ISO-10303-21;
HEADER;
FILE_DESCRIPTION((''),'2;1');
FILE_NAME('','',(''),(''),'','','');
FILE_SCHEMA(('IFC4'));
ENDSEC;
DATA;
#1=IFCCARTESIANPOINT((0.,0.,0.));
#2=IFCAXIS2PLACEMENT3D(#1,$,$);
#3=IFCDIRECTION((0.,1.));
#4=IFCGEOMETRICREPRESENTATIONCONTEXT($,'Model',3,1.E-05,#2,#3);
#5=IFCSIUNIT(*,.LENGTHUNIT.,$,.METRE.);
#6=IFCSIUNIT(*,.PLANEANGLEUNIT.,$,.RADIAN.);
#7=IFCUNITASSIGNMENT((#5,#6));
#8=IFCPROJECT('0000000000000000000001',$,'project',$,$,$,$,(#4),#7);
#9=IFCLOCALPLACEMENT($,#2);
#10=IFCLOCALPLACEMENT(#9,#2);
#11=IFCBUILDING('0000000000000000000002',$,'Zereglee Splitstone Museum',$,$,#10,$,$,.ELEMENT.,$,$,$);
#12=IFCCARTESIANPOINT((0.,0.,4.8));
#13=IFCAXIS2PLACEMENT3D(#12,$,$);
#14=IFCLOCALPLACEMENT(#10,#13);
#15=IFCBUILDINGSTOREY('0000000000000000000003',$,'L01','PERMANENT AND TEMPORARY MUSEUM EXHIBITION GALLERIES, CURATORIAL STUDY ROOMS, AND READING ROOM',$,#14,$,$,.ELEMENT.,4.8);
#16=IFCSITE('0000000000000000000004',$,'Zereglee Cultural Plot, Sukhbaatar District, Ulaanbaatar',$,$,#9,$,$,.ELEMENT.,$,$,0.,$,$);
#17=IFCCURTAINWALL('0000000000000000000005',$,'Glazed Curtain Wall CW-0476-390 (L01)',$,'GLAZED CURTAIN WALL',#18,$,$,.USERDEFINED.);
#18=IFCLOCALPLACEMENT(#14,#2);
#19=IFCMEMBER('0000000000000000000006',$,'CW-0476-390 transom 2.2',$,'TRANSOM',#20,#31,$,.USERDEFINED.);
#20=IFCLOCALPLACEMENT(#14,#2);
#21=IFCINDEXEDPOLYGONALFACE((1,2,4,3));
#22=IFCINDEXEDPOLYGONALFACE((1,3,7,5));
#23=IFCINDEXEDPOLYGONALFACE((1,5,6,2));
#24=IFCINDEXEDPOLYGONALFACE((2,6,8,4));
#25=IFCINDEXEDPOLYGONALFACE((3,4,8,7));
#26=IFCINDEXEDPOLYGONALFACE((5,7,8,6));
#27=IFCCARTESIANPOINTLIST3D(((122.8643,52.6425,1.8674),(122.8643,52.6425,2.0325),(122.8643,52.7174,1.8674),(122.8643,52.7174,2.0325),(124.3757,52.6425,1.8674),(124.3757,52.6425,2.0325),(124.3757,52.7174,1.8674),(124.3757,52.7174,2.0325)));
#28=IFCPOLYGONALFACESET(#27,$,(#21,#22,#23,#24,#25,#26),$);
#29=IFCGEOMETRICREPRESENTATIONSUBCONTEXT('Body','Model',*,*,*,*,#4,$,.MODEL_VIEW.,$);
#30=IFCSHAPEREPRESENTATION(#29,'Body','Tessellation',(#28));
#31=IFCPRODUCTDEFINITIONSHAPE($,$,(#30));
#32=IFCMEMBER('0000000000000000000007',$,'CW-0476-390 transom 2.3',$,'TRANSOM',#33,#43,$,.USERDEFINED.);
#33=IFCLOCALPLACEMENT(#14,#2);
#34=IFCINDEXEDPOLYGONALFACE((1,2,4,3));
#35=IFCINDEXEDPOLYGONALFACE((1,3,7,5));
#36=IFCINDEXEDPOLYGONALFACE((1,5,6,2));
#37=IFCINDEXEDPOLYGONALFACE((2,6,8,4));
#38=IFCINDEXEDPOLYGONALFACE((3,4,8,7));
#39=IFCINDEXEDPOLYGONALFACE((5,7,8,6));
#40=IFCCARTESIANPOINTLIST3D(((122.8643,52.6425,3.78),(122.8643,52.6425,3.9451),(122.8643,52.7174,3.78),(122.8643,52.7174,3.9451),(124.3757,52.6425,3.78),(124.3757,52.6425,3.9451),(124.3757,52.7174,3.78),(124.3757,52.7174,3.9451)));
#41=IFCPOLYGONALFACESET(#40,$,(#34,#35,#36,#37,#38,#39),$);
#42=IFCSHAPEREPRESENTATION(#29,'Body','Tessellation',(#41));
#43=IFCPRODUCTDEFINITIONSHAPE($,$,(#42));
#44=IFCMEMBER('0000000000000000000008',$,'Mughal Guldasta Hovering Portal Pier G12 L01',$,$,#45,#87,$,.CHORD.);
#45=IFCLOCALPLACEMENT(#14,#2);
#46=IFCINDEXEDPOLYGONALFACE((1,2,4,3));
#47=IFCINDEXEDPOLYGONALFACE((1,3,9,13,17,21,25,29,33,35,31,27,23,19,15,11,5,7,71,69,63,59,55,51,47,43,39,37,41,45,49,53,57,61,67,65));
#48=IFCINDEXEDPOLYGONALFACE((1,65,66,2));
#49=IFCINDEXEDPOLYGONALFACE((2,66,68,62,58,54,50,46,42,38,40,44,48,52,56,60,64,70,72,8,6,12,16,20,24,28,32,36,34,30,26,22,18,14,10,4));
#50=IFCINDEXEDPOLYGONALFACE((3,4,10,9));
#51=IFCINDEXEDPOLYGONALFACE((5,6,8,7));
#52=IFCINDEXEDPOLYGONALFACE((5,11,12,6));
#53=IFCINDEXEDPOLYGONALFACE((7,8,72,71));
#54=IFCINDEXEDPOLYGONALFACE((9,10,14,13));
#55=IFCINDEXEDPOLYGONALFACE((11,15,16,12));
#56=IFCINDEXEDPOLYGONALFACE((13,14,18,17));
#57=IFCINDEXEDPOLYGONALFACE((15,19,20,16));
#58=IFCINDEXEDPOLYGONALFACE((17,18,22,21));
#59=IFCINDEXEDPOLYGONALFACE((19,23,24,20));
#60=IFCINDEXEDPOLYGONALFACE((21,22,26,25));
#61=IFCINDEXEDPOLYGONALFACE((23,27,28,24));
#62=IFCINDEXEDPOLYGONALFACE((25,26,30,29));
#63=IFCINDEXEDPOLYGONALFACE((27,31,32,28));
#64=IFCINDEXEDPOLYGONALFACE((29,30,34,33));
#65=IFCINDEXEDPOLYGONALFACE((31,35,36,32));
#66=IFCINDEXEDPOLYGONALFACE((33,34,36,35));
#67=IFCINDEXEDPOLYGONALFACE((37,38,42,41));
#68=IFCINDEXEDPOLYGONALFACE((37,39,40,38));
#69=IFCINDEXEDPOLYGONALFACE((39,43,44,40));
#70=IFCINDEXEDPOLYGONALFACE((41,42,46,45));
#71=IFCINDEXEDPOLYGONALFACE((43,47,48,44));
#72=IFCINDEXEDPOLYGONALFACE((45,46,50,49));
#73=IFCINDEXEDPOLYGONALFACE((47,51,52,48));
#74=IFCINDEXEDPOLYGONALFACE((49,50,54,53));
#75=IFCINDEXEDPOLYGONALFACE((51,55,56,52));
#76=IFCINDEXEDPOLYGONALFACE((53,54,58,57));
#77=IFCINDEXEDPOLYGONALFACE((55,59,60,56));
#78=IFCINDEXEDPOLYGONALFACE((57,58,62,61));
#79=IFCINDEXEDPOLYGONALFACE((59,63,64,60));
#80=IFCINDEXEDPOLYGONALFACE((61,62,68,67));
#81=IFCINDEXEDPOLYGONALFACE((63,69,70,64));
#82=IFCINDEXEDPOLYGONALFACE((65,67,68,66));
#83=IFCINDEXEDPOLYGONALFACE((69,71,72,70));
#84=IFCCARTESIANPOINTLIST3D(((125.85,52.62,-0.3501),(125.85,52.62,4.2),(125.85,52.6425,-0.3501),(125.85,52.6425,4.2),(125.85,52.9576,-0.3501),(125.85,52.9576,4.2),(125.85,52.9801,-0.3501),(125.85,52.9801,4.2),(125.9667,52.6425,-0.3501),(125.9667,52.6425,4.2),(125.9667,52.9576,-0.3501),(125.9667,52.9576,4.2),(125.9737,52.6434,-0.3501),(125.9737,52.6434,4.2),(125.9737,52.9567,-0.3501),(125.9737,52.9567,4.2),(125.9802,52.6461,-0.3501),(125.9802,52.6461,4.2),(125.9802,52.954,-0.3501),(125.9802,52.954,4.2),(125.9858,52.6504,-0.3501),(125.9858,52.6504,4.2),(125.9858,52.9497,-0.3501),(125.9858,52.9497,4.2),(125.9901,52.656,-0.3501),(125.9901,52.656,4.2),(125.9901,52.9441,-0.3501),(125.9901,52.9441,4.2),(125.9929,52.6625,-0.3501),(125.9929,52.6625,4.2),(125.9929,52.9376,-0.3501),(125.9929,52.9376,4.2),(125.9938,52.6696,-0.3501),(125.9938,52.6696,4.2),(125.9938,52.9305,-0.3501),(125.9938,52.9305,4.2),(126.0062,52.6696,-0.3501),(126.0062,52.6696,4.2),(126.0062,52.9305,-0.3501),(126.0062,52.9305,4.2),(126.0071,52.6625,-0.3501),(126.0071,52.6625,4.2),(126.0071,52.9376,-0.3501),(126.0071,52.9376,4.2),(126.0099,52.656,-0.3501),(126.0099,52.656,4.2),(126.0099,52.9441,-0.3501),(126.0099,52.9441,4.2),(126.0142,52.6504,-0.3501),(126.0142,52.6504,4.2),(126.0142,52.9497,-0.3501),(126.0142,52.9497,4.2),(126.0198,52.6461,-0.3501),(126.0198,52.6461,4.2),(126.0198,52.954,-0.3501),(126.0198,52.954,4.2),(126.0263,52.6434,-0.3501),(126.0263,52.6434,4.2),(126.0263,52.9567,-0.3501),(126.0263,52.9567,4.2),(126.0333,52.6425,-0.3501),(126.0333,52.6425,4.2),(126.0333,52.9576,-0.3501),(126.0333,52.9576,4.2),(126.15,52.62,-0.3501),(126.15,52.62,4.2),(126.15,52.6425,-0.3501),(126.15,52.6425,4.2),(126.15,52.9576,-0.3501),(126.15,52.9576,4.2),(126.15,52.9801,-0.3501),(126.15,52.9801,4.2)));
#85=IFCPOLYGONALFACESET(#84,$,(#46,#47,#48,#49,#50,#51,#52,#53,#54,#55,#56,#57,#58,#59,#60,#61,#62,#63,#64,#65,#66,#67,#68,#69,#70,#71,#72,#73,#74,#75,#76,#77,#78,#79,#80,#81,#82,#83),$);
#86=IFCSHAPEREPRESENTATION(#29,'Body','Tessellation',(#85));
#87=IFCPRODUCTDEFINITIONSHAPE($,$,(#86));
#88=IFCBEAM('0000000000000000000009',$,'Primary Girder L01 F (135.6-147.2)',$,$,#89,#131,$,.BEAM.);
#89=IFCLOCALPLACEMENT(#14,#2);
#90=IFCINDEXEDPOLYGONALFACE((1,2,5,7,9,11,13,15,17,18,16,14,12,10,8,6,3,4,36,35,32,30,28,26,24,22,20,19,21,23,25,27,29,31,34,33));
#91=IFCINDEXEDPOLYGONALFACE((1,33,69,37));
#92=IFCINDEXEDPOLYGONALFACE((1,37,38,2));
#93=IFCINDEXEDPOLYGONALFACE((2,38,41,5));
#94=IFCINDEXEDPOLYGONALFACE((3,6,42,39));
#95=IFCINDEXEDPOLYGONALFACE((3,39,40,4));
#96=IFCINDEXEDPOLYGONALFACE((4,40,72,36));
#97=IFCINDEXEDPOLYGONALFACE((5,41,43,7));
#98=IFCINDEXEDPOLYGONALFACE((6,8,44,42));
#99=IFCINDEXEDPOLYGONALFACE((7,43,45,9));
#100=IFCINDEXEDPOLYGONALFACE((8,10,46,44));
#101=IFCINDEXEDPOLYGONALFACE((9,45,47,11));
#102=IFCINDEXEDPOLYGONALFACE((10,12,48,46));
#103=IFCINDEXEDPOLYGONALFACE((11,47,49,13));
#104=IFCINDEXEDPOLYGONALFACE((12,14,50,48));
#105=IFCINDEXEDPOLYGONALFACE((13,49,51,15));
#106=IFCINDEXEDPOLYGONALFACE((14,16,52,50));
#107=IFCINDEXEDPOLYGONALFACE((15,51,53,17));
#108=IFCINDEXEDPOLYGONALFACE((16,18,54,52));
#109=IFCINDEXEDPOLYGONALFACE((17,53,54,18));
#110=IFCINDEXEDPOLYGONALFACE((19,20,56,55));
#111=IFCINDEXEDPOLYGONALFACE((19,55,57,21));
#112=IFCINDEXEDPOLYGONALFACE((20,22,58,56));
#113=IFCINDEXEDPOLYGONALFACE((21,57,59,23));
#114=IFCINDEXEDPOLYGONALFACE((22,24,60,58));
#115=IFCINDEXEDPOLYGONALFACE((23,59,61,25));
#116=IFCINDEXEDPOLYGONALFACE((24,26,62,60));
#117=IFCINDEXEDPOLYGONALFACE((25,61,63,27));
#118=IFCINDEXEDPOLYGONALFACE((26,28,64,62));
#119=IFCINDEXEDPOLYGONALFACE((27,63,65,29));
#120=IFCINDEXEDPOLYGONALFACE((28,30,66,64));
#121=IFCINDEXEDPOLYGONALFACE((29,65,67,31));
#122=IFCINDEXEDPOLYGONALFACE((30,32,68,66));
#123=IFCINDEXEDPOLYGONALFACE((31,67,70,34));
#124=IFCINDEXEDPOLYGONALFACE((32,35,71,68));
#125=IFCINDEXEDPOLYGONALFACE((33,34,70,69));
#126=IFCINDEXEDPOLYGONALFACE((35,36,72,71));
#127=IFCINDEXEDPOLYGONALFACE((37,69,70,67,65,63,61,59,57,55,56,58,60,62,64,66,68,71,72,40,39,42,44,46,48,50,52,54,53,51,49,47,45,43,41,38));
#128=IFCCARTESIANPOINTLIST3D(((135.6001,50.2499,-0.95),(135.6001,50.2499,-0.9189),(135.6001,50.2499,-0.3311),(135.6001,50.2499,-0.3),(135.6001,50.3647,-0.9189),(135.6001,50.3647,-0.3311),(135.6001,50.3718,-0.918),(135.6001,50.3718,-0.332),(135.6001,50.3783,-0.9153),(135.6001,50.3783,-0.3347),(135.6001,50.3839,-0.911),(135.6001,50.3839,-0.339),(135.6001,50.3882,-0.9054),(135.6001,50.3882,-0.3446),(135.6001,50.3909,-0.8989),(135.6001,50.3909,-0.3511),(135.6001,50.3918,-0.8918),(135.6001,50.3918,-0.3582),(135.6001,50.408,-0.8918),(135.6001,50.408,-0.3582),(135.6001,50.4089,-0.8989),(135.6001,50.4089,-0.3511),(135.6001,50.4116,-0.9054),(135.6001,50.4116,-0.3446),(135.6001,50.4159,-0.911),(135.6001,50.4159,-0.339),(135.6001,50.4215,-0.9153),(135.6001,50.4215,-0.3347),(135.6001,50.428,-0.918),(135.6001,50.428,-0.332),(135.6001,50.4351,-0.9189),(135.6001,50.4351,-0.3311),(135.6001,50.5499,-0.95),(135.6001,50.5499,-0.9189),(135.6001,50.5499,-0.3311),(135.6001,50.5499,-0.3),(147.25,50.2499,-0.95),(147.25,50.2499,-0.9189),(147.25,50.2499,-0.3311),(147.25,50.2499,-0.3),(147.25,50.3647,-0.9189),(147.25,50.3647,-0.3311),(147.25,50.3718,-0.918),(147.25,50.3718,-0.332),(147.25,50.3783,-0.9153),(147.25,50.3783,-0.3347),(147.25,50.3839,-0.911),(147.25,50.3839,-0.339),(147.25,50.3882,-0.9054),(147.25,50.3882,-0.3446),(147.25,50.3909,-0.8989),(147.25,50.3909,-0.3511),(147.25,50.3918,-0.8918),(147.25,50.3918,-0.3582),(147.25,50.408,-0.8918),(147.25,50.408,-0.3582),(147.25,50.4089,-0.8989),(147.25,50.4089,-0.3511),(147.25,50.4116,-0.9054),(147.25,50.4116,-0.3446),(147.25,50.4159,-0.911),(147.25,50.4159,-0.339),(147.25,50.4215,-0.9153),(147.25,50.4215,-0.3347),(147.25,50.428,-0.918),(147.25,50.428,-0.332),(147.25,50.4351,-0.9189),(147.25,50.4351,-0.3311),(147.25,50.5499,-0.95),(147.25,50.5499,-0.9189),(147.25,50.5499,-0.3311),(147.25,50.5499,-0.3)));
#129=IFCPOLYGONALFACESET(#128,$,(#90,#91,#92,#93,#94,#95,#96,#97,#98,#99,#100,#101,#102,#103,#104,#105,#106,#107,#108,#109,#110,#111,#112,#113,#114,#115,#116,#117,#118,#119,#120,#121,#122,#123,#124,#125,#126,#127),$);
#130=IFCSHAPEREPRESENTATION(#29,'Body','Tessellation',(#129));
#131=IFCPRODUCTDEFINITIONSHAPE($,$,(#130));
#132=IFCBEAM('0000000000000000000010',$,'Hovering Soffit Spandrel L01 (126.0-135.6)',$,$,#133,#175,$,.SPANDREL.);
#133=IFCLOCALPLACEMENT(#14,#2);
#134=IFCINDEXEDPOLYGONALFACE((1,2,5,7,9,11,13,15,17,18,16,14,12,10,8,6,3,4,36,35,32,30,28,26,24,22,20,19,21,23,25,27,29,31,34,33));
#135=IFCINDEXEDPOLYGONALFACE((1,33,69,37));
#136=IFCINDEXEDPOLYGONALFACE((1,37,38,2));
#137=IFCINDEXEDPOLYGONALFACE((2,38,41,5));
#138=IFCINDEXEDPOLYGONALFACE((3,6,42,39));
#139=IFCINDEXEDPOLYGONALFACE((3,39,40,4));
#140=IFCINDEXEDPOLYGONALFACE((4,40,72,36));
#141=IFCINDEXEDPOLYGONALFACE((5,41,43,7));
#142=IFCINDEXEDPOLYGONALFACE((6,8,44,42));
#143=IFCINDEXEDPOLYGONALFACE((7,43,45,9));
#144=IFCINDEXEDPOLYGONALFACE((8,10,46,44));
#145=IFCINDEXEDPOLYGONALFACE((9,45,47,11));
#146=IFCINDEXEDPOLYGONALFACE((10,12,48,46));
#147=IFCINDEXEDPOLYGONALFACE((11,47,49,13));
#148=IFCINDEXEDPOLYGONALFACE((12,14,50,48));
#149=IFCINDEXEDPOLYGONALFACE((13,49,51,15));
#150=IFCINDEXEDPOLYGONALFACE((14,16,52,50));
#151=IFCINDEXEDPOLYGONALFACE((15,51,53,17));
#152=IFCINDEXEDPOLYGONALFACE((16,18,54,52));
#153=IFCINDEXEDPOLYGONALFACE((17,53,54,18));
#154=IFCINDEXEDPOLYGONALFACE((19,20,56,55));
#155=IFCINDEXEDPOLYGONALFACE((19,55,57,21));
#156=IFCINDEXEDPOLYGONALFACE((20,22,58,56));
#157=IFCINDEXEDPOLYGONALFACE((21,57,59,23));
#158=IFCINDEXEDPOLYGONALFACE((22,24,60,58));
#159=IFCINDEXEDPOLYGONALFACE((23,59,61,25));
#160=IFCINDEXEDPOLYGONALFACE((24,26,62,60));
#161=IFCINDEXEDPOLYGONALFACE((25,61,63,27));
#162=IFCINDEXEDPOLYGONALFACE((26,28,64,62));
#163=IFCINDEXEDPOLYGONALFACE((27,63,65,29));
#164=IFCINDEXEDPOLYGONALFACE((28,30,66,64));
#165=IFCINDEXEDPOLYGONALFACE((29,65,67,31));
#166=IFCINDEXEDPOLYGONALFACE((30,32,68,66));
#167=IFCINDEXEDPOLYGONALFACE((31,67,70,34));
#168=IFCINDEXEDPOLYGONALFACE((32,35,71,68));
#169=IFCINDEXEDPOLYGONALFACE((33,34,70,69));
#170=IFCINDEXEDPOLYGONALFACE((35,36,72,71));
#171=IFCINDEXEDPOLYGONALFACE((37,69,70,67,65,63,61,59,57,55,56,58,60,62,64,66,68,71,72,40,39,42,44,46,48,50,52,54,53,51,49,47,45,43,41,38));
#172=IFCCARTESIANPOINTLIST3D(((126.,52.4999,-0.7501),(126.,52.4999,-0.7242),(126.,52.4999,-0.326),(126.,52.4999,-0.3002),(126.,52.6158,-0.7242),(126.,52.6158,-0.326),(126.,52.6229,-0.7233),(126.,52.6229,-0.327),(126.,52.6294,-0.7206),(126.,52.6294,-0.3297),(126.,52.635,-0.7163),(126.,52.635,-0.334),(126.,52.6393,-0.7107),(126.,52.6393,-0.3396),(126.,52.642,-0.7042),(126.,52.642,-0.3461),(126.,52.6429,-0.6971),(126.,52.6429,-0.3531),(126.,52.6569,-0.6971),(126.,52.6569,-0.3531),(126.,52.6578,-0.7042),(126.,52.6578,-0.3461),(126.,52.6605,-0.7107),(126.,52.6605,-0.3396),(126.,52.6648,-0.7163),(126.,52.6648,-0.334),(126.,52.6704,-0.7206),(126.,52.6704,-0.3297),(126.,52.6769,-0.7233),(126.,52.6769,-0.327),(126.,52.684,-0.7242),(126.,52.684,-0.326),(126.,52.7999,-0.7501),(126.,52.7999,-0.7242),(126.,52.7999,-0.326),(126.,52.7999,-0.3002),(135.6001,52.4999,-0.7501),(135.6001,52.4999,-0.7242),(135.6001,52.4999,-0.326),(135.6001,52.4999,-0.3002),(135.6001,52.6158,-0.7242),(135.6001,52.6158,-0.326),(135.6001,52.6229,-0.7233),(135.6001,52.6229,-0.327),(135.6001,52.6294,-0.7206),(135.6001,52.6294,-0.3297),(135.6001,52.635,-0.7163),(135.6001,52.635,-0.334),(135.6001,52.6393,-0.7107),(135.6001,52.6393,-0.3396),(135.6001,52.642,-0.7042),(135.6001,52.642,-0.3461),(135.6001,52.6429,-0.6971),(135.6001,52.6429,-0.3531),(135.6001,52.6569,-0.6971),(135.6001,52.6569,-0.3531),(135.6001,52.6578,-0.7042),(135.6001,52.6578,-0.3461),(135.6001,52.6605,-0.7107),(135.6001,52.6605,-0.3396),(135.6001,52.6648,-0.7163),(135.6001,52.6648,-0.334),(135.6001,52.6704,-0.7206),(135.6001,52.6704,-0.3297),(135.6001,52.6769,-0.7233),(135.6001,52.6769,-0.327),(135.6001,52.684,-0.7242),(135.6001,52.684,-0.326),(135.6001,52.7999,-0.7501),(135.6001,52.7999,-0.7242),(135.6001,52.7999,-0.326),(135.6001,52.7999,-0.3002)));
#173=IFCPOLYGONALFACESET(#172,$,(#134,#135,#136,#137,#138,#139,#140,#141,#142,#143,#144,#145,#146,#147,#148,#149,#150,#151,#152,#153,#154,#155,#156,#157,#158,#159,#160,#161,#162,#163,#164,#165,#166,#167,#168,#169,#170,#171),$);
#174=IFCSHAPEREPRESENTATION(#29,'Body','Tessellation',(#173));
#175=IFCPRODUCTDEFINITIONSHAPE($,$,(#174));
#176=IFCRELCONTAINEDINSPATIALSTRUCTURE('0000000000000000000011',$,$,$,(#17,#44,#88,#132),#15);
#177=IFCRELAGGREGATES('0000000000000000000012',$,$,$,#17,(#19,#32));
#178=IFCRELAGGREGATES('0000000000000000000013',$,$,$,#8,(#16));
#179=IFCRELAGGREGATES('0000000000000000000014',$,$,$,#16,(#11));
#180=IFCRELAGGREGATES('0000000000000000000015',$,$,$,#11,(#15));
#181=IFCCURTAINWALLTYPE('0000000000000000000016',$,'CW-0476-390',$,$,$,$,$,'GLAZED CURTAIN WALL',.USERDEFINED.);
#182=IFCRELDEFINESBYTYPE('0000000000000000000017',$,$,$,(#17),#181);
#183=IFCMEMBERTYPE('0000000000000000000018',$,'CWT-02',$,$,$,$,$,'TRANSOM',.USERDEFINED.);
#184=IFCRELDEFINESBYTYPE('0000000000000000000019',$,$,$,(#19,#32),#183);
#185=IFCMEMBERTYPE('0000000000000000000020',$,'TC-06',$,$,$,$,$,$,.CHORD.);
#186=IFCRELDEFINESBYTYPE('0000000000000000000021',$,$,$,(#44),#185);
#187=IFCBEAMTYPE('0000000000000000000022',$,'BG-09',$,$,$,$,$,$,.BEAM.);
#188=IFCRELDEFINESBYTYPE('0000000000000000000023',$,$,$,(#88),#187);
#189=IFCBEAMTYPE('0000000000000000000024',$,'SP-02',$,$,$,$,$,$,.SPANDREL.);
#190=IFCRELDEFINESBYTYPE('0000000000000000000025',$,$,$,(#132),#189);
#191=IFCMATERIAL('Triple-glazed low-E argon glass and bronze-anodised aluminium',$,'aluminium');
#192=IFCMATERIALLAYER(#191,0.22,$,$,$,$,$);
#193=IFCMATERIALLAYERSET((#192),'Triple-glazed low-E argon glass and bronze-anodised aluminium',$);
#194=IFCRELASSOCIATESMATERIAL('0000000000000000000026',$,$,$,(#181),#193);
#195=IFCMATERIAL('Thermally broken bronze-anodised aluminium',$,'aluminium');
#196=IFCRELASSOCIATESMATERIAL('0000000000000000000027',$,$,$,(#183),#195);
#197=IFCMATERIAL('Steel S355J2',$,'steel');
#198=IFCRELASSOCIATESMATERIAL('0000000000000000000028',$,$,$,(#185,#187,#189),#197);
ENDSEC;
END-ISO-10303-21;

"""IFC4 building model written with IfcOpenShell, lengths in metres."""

from ifc_helpers import new_model, si_unit, direction, frame, origin, origin_2d, place, context, subcontext, project, spatial, rectangle, i_section, extrude, material, layer, layer_set, material_profile, profile_set, type_object, element, aggregate, save


model = new_model("IFC4")

# Units and contexts
model_context = context("Model", 3, precision=1e-05, world=origin(), true_north=direction((0.0, 1.0)))
body_context = subcontext(model_context, "Body", "Model", "MODEL_VIEW")
ifc_project = project(units=[si_unit("LENGTHUNIT", "METRE"), si_unit("PLANEANGLEUNIT", "RADIAN")], contexts=[model_context])

# Site, building, storey
site_placement = place(None, origin())
site = spatial("IfcSite", under=ifc_project, at=site_placement, Name="Zereglee Cultural Plot, Sukhbaatar District, Ulaanbaatar", CompositionType="ELEMENT", RefElevation=0.0)
building_placement = place(site_placement, origin())
building = spatial("IfcBuilding", under=site, at=building_placement, Name="Zereglee Splitstone Museum", CompositionType="ELEMENT")
storey_placement = place(building_placement, frame((0.0, 0.0, 4.8)))
storey = spatial("IfcBuildingStorey", under=building, at=storey_placement, Name="L01", Description="PERMANENT AND TEMPORARY MUSEUM EXHIBITION GALLERIES, CURATORIAL STUDY ROOMS, AND READING ROOM", CompositionType="ELEMENT", Elevation=4.8)

# Shared definitions
ifc_material_1 = material(Name="Steel S355J2", Category="steel")

# Curtain wall, members
ifc_material_2 = material(Name="Triple-glazed low-E argon glass and bronze-anodised aluminium", Category="aluminium")
ifc_layer_1 = layer(ifc_material_2, 0.22)
ifc_layer_set_1 = layer_set([ifc_layer_1], Name="Triple-glazed low-E argon glass and bronze-anodised aluminium")
curtain_wall_type = type_object("IfcCurtainWallType", Name="CW-0476-390", ElementType="GLAZED CURTAIN WALL", PredefinedType="USERDEFINED", material=ifc_layer_set_1)
curtain_wall_placement = place(storey_placement, origin())
curtain_wall = element("IfcCurtainWall", 1, at=curtain_wall_placement, inside=storey, type_object=curtain_wall_type, Name="Glazed Curtain Wall CW-0476-390 (L01)", ObjectType="GLAZED CURTAIN WALL", PredefinedType="USERDEFINED")
ifc_material_3 = material(Name="Thermally broken bronze-anodised aluminium", Category="aluminium")
ifc_material_profile_1 = material_profile(ifc_material_3, rectangle(XDim=0.075, YDim=0.165, at=origin_2d()), Name="CW TRAN 75x165")
ifc_profile_set_1 = profile_set([ifc_material_profile_1], Name="Thermally broken bronze-anodised aluminium")
member_type_1 = type_object("IfcMemberType", Name="CWT-02", ElementType="TRANSOM", PredefinedType="USERDEFINED", material=ifc_profile_set_1)
member_1_placement = place(storey_placement, frame((124.3757, 52.6799, 1.95), z_axis=(-1.0, 0.0, 0.0), x_axis=(0.0, -1.0, 0.0)))
member_1 = element("IfcMember", 2, at=member_1_placement, type_object=member_type_1, Name="CW-0476-390 transom 2.2", ObjectType="TRANSOM", PredefinedType="USERDEFINED", context=body_context, shape_type="SweptSolid", body=[
    extrude(rectangle(XDim=0.075, YDim=0.165, at=origin_2d()), origin(), (0.0, 0.0, 1.0), 1.5115),
])
member_2_placement = place(storey_placement, frame((124.3757, 52.6799, 3.8625), z_axis=(-1.0, 0.0, 0.0), x_axis=(0.0, -1.0, 0.0)))
member_2 = element("IfcMember", 3, at=member_2_placement, type_object=member_type_1, Name="CW-0476-390 transom 2.3", ObjectType="TRANSOM", PredefinedType="USERDEFINED", context=body_context, shape_type="SweptSolid", body=[
    extrude(rectangle(XDim=0.075, YDim=0.165, at=origin_2d()), origin(), (0.0, 0.0, 1.0), 1.5115),
])

# Member
ifc_material_profile_2 = material_profile(ifc_material_1, i_section(OverallWidth=0.3, OverallDepth=0.3601, WebThickness=0.0125, FlangeThickness=0.0225, FilletRadius=0.0271, at=origin_2d()), Name="HE 360 B")
ifc_profile_set_2 = profile_set([ifc_material_profile_2], Name="Steel S355J2")
member_type_2 = type_object("IfcMemberType", Name="TC-06", PredefinedType="CHORD", material=ifc_profile_set_2)
member_3_placement = place(storey_placement, frame((126.0, 52.8, -0.3501), z_axis=(0.0, 0.0, 1.0), x_axis=(1.0, 0.0, 0.0)))
element("IfcMember", 4, at=member_3_placement, inside=storey, type_object=member_type_2, Name="Mughal Guldasta Hovering Portal Pier G12 L01", PredefinedType="CHORD", context=body_context, shape_type="SweptSolid", body=[
    extrude(i_section(OverallWidth=0.3, OverallDepth=0.3601, WebThickness=0.0125, FlangeThickness=0.0225, FilletRadius=0.0271, at=origin_2d()), origin(), (0.0, 0.0, 1.0), 4.55),
])

# Beams
ifc_material_profile_3 = material_profile(ifc_material_1, i_section(OverallWidth=0.3, OverallDepth=0.6499, WebThickness=0.0161, FlangeThickness=0.031, FilletRadius=0.0271, at=origin_2d()), Name="HE 650 B")
ifc_profile_set_3 = profile_set([ifc_material_profile_3], Name="Steel S355J2")
beam_type_1 = type_object("IfcBeamType", Name="BG-09", PredefinedType="BEAM", material=ifc_profile_set_3)
beam_1_placement = place(storey_placement, frame((135.6001, 50.3999, -0.625), z_axis=(1.0, 0.0, 0.0), x_axis=(0.0, 1.0, 0.0)))
element("IfcBeam", 5, at=beam_1_placement, inside=storey, type_object=beam_type_1, Name="Primary Girder L01 F (135.6-147.2)", PredefinedType="BEAM", context=body_context, shape_type="SweptSolid", body=[
    extrude(i_section(OverallWidth=0.3, OverallDepth=0.6499, WebThickness=0.0161, FlangeThickness=0.031, FilletRadius=0.0271, at=origin_2d()), origin(), (0.0, 0.0, 1.0), 11.6499),
])
ifc_material_profile_4 = material_profile(ifc_material_1, i_section(OverallWidth=0.3, OverallDepth=0.45, WebThickness=0.0139, FlangeThickness=0.0259, FilletRadius=0.0271, at=origin_2d()), Name="HE 450 B")
ifc_profile_set_4 = profile_set([ifc_material_profile_4], Name="Steel S355J2")
beam_type_2 = type_object("IfcBeamType", Name="SP-02", PredefinedType="SPANDREL", material=ifc_profile_set_4)
beam_2_placement = place(storey_placement, frame((126.0, 52.6499, -0.5251), z_axis=(1.0, 0.0, 0.0), x_axis=(0.0, 1.0, 0.0)))
element("IfcBeam", 6, at=beam_2_placement, inside=storey, type_object=beam_type_2, Name="Hovering Soffit Spandrel L01 (126.0-135.6)", PredefinedType="SPANDREL", context=body_context, shape_type="SweptSolid", body=[
    extrude(i_section(OverallWidth=0.3, OverallDepth=0.45, WebThickness=0.0139, FlangeThickness=0.0259, FilletRadius=0.0271, at=origin_2d()), origin(), (0.0, 0.0, 1.0), 9.6001),
])

aggregate(curtain_wall, [member_1, member_2])

save(model, "model.ifc")
